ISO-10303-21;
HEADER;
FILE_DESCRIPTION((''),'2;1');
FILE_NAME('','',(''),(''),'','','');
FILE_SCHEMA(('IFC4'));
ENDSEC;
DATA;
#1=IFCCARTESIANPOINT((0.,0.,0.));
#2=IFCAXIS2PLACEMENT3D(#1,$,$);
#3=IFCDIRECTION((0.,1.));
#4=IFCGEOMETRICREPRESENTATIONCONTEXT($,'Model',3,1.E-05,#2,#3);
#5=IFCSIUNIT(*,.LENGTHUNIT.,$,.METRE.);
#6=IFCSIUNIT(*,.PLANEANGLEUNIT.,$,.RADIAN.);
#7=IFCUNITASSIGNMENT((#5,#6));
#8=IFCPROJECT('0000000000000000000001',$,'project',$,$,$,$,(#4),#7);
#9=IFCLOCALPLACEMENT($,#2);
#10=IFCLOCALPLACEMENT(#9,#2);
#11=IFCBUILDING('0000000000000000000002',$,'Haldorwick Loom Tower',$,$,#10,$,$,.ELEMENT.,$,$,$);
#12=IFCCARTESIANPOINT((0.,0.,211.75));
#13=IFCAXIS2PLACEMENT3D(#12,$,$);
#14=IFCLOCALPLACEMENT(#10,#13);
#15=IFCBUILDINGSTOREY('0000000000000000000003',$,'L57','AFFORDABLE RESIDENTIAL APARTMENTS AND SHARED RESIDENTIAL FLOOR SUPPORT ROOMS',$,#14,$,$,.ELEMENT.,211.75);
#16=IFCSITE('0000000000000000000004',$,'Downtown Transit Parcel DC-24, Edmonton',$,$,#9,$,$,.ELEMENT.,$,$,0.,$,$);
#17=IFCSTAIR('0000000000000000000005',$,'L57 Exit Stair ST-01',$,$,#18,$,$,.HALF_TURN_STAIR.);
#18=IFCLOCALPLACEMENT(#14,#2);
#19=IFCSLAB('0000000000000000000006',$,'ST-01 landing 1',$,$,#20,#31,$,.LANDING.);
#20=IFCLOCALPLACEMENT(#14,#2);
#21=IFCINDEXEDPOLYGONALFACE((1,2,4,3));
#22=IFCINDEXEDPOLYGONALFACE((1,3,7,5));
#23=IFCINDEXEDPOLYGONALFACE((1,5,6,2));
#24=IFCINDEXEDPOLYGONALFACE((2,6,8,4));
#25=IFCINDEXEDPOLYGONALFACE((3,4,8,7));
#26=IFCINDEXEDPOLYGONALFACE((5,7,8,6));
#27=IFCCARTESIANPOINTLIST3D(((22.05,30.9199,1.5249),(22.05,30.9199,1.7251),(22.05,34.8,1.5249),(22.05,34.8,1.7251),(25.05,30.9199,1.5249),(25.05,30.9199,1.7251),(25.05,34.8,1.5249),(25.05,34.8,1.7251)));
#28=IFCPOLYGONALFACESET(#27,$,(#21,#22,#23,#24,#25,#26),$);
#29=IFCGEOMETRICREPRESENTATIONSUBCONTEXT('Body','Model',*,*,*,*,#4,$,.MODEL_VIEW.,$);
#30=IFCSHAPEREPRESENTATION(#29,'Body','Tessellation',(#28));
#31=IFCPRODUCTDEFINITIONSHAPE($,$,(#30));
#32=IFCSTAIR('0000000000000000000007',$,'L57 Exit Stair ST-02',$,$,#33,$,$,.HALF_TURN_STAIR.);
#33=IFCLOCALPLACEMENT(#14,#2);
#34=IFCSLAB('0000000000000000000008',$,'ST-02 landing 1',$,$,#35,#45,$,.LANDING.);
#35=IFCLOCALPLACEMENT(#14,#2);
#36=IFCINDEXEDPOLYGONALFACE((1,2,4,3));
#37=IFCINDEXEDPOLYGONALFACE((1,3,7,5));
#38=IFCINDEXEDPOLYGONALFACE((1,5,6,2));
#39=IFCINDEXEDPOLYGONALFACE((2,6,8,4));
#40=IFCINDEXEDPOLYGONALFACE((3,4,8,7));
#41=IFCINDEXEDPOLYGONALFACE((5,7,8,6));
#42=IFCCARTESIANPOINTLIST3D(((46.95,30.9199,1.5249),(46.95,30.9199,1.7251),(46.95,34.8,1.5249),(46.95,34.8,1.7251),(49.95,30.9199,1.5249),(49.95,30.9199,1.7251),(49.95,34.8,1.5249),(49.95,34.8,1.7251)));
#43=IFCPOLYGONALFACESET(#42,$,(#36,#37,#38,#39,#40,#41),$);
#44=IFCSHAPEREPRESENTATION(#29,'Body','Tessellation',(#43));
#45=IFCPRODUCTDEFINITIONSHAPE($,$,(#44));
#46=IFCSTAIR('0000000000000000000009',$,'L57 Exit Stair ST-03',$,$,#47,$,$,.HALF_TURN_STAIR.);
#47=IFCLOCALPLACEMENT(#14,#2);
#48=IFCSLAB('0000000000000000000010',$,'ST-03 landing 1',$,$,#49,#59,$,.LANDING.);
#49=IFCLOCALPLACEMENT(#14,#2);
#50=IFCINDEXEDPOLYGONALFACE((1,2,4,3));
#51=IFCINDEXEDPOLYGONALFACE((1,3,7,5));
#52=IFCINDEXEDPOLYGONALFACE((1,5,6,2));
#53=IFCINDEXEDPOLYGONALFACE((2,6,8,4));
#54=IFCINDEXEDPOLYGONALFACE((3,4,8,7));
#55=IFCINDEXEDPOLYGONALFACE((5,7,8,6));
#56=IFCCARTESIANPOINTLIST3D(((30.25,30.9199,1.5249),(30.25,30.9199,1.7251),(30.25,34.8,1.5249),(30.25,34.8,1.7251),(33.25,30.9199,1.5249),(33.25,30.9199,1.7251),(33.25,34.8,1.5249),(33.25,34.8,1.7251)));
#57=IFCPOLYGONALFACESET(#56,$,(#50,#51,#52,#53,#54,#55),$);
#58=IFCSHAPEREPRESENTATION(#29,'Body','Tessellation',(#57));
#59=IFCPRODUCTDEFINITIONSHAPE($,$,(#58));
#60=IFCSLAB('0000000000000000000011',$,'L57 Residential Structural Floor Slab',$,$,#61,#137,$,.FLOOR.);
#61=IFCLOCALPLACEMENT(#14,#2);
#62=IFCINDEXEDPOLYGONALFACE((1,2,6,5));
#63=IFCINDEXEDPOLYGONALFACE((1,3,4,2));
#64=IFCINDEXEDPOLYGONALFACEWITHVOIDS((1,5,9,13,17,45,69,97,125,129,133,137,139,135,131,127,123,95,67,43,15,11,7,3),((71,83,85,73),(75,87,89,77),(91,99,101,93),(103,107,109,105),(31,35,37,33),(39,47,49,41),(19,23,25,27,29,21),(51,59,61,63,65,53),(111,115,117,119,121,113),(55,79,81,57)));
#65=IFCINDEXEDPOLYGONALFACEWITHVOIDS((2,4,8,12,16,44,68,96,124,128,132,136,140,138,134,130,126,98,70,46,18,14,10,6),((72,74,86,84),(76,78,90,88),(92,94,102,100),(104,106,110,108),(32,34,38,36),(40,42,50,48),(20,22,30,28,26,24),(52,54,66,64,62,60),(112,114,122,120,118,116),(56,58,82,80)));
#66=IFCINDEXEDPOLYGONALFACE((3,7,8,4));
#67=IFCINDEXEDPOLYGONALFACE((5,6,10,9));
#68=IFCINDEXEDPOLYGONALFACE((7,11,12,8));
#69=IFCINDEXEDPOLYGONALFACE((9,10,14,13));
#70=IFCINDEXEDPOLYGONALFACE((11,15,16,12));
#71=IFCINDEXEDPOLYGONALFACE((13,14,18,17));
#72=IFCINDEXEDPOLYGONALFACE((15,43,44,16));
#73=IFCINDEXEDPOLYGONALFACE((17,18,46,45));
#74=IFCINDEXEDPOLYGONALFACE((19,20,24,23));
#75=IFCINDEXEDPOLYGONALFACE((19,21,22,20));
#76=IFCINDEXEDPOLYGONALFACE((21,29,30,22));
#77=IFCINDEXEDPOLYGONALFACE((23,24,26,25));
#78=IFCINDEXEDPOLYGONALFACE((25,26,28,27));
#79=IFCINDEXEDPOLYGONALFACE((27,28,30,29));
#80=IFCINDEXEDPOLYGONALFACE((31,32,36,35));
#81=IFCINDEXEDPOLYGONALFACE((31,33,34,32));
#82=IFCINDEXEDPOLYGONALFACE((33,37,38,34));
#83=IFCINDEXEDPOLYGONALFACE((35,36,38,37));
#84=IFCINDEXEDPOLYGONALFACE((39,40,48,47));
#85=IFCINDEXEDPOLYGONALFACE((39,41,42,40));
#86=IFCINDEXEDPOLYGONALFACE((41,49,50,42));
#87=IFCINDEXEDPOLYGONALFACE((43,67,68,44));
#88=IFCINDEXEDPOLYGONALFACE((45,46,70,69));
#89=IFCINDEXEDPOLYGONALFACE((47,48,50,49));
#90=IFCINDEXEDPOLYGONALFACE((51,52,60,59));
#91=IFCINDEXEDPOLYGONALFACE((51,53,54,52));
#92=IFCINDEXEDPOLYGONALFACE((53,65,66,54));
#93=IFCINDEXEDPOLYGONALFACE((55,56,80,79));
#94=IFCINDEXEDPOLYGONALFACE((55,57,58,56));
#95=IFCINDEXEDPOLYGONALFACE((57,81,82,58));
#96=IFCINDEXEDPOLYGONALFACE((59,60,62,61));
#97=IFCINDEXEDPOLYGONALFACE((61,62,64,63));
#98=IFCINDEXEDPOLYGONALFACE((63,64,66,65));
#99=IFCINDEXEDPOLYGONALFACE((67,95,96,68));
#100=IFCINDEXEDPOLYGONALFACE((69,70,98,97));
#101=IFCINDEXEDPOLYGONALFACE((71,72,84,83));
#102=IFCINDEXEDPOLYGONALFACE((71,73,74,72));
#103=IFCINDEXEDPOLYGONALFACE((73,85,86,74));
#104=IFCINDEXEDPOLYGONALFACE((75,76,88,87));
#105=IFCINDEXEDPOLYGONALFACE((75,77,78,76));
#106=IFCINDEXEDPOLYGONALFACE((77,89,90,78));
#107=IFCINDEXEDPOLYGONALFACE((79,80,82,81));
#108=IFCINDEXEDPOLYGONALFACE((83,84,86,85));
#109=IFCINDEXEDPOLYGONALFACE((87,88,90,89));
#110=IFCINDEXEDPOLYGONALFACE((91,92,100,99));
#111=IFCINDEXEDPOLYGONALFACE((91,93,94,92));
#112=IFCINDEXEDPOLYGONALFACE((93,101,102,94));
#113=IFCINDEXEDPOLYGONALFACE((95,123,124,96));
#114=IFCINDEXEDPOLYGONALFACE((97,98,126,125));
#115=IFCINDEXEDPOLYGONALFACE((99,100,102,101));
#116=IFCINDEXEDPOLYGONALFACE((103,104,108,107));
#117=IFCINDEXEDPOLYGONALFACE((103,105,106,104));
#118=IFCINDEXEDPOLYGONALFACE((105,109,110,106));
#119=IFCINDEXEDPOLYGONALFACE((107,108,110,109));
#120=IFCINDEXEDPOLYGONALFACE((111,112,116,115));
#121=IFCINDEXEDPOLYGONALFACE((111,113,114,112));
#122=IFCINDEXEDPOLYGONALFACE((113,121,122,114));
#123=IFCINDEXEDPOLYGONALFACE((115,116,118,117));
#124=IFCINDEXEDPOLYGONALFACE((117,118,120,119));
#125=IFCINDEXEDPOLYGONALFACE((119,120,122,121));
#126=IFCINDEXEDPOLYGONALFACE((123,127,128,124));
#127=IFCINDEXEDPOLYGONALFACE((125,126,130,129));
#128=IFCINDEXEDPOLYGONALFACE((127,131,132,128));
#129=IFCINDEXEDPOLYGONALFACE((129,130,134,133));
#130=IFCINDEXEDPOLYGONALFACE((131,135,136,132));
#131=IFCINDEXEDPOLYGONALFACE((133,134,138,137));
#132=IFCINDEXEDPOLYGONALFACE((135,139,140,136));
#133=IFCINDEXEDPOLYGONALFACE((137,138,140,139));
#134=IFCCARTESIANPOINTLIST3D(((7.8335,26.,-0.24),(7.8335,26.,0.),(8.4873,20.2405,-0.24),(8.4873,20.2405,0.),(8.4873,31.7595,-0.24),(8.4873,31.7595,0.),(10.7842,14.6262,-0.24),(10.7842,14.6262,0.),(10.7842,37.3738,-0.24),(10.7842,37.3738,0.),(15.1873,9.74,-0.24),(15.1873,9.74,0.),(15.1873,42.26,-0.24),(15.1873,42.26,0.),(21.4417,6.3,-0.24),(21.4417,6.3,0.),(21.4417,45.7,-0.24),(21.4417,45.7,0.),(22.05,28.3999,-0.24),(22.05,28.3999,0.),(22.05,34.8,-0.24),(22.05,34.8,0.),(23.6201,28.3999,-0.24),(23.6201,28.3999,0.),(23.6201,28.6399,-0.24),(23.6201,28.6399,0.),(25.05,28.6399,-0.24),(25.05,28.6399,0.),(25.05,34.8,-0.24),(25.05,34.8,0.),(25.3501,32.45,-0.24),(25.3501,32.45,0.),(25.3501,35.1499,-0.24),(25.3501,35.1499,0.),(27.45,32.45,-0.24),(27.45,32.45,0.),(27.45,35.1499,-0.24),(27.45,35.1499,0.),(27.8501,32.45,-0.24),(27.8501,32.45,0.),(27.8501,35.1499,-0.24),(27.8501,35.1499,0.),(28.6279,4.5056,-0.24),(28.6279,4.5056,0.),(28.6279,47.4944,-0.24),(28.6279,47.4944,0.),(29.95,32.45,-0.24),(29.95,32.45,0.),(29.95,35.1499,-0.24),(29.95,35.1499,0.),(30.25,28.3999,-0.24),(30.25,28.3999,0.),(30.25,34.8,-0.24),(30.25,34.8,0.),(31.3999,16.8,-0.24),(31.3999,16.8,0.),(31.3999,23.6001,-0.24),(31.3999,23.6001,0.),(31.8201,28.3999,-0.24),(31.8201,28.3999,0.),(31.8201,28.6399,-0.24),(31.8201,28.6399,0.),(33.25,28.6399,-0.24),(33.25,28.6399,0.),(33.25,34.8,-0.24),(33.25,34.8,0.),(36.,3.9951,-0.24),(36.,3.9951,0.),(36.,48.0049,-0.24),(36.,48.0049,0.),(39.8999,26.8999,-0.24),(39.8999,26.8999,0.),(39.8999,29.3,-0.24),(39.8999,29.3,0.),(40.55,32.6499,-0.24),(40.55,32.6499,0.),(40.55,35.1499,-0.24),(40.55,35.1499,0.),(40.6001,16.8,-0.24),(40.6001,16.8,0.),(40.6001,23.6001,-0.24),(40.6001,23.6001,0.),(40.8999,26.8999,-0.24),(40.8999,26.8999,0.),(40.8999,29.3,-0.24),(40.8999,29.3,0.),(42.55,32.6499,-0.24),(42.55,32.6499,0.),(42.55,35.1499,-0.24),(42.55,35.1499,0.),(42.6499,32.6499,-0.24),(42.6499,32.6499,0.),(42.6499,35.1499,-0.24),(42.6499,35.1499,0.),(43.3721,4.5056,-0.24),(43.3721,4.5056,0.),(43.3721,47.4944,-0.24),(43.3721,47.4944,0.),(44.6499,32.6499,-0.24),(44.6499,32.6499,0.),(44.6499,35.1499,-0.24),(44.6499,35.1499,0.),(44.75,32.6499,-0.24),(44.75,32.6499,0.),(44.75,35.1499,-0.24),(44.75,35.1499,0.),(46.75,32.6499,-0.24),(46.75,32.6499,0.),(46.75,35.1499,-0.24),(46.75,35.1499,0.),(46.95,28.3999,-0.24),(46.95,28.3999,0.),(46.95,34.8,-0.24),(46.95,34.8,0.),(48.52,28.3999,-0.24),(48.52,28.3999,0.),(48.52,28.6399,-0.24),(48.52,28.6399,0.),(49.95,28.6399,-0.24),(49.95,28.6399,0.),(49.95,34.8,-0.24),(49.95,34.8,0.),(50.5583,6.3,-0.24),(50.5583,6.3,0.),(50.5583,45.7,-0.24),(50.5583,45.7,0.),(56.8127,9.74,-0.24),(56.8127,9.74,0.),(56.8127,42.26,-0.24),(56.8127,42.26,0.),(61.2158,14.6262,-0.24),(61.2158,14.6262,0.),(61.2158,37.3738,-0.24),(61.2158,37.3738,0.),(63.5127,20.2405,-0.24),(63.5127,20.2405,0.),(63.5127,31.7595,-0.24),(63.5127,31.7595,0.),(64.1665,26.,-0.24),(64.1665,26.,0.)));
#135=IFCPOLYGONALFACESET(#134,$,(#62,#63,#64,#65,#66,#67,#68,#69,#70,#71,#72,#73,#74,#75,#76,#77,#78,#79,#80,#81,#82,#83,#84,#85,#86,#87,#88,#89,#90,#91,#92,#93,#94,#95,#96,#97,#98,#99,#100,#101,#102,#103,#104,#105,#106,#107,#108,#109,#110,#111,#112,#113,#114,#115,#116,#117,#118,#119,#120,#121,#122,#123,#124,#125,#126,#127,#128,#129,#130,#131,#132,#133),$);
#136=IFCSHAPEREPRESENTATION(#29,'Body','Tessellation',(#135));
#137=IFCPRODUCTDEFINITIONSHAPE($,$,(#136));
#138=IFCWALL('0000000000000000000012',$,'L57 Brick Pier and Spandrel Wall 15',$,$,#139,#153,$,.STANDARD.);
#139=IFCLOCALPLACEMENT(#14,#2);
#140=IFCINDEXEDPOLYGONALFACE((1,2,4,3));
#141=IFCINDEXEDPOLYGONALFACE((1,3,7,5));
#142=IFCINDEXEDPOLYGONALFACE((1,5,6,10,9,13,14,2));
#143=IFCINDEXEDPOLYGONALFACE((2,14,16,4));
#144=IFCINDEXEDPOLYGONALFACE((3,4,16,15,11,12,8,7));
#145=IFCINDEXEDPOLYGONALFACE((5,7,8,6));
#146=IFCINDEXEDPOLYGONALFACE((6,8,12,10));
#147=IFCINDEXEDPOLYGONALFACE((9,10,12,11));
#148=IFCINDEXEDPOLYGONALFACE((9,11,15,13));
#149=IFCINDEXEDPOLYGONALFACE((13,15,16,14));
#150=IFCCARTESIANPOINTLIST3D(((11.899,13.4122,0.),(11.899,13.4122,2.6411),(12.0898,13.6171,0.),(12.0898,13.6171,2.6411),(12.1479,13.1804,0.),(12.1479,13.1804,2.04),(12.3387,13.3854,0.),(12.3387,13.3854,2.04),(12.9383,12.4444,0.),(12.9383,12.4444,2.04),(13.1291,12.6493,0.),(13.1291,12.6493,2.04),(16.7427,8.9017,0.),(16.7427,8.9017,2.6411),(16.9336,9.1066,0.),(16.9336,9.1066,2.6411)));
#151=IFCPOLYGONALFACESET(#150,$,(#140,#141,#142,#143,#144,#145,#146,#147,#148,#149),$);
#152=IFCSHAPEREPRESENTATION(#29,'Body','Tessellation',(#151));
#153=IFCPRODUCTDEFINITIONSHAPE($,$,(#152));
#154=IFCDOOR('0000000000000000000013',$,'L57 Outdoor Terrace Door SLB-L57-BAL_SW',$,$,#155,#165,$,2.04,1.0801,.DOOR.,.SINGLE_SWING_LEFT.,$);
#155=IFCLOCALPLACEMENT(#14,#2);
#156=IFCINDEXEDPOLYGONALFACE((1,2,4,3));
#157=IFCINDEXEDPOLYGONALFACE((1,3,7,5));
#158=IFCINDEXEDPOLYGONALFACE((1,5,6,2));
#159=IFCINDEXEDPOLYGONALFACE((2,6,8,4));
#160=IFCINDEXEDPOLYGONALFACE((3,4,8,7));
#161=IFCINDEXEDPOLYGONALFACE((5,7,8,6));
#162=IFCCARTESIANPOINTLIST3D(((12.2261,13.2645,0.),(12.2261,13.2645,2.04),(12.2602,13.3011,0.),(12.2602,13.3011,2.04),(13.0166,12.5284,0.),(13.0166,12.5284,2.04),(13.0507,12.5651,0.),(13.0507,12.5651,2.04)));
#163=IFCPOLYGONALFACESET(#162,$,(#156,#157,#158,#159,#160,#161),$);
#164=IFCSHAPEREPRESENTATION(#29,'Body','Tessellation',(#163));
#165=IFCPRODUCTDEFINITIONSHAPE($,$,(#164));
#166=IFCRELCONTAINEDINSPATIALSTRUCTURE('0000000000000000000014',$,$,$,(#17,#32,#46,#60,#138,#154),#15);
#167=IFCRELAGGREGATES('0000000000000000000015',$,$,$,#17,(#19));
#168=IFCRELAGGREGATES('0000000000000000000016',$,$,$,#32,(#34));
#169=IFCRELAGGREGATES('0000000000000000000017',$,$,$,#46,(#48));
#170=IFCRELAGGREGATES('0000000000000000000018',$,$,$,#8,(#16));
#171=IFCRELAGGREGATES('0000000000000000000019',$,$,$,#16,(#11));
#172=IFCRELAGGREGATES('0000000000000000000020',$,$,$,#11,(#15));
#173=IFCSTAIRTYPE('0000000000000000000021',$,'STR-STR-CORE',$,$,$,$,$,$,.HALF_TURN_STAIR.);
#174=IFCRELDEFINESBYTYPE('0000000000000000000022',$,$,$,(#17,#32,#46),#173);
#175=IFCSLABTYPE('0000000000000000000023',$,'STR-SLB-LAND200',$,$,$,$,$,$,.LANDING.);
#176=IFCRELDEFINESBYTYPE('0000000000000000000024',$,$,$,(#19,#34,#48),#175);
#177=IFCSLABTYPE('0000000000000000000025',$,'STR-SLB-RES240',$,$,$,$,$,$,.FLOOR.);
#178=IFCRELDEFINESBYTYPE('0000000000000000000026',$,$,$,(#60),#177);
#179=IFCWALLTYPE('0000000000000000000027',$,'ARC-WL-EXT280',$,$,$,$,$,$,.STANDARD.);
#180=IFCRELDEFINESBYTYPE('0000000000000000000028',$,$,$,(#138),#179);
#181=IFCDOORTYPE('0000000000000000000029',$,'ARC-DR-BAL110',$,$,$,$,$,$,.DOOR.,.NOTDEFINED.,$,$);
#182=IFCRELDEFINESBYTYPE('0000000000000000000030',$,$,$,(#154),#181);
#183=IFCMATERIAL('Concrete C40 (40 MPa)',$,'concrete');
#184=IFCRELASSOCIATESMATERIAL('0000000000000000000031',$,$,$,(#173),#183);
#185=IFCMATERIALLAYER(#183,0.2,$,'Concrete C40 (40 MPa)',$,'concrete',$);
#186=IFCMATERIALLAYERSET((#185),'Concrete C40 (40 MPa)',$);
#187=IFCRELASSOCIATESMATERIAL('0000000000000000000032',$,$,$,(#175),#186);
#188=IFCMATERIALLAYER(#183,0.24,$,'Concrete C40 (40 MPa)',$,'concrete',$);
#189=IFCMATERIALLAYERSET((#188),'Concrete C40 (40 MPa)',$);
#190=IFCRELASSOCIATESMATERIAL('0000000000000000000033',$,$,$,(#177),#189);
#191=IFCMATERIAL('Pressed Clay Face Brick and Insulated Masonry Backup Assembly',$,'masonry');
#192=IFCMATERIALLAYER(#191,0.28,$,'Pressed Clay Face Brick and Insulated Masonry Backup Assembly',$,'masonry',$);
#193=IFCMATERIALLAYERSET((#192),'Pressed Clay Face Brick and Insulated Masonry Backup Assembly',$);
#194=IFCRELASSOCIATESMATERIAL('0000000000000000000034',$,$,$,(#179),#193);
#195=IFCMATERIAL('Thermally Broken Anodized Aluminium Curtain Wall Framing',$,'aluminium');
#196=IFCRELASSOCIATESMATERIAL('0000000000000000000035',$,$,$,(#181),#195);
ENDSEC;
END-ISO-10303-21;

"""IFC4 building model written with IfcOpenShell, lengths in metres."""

from ifc_helpers import new_model, si_unit, direction, frame, frame_2d, origin, place, context, subcontext, project, spatial, polyline, rectangle, outline, extrude, material, layer, layer_set, type_object, element, fill, aggregate, save


model = new_model("IFC4")

# Units and contexts
model_context = context("Model", 3, precision=1e-05, world=origin(), true_north=direction((0.0, 1.0)))
body_context = subcontext(model_context, "Body", "Model", "MODEL_VIEW")
ifc_project = project(units=[si_unit("LENGTHUNIT", "METRE"), si_unit("PLANEANGLEUNIT", "RADIAN")], contexts=[model_context])

# Site, building, storey
site_placement = place(None, origin())
site = spatial("IfcSite", under=ifc_project, at=site_placement, Name="Downtown Transit Parcel DC-24, Edmonton", CompositionType="ELEMENT", RefElevation=0.0)
building_placement = place(site_placement, origin())
building = spatial("IfcBuilding", under=site, at=building_placement, Name="Haldorwick Loom Tower", CompositionType="ELEMENT")
storey_placement = place(building_placement, frame((0.0, 0.0, 211.75)))
storey = spatial("IfcBuildingStorey", under=building, at=storey_placement, Name="L57", Description="AFFORDABLE RESIDENTIAL APARTMENTS AND SHARED RESIDENTIAL FLOOR SUPPORT ROOMS", CompositionType="ELEMENT", Elevation=211.75)

# Shared definitions
ifc_material_1 = material(Name="Concrete C40 (40 MPa)", Category="concrete")

# Stairs, slabs
stair_type = type_object("IfcStairType", Name="STR-STR-CORE", PredefinedType="HALF_TURN_STAIR", material=ifc_material_1)
stair_1_placement = place(storey_placement, origin())
stair_1 = element("IfcStair", 1, at=stair_1_placement, inside=storey, type_object=stair_type, Name="L57 Exit Stair ST-01", PredefinedType="HALF_TURN_STAIR")
ifc_layer_1 = layer(ifc_material_1, 0.2, Name="Concrete C40 (40 MPa)", Category="concrete")
ifc_layer_set_1 = layer_set([ifc_layer_1], Name="Concrete C40 (40 MPa)")
slab_type_1 = type_object("IfcSlabType", Name="STR-SLB-LAND200", PredefinedType="LANDING", material=ifc_layer_set_1)
slab_1_placement = place(storey_placement, frame((0.0, 0.0, 1.5249)))
slab_1 = element("IfcSlab", 2, at=slab_1_placement, type_object=slab_type_1, Name="ST-01 landing 1", PredefinedType="LANDING", context=body_context, shape_type="SweptSolid", body=[
    extrude(outline(polyline([(25.05, 30.9199), (25.05, 34.8), (22.05, 34.8), (22.05, 30.9199), (25.05, 30.9199)])), origin(), (0.0, 0.0, 1.0), 0.2002),
])
aggregate(stair_1, [slab_1])
stair_2_placement = place(storey_placement, origin())
stair_2 = element("IfcStair", 3, at=stair_2_placement, inside=storey, type_object=stair_type, Name="L57 Exit Stair ST-02", PredefinedType="HALF_TURN_STAIR")
slab_2_placement = place(storey_placement, frame((0.0, 0.0, 1.5249)))
slab_2 = element("IfcSlab", 4, at=slab_2_placement, type_object=slab_type_1, Name="ST-02 landing 1", PredefinedType="LANDING", context=body_context, shape_type="SweptSolid", body=[
    extrude(outline(polyline([(49.95, 30.9199), (49.95, 34.8), (46.95, 34.8), (46.95, 30.9199), (49.95, 30.9199)])), origin(), (0.0, 0.0, 1.0), 0.2002),
])
aggregate(stair_2, [slab_2])
stair_3_placement = place(storey_placement, origin())
stair_3 = element("IfcStair", 5, at=stair_3_placement, inside=storey, type_object=stair_type, Name="L57 Exit Stair ST-03", PredefinedType="HALF_TURN_STAIR")
slab_3_placement = place(storey_placement, frame((0.0, 0.0, 1.5249)))
slab_3 = element("IfcSlab", 6, at=slab_3_placement, type_object=slab_type_1, Name="ST-03 landing 1", PredefinedType="LANDING", context=body_context, shape_type="SweptSolid", body=[
    extrude(outline(polyline([(33.25, 30.9199), (33.25, 34.8), (30.25, 34.8), (30.25, 30.9199), (33.25, 30.9199)])), origin(), (0.0, 0.0, 1.0), 0.2002),
])
aggregate(stair_3, [slab_3])

# Slab
ifc_layer_2 = layer(ifc_material_1, 0.24, Name="Concrete C40 (40 MPa)", Category="concrete")
ifc_layer_set_2 = layer_set([ifc_layer_2], Name="Concrete C40 (40 MPa)")
slab_type_2 = type_object("IfcSlabType", Name="STR-SLB-RES240", PredefinedType="FLOOR", material=ifc_layer_set_2)
slab_4_placement = place(storey_placement, frame((0.0, 0.0, -0.24)))
element("IfcSlab", 7, at=slab_4_placement, inside=storey, type_object=slab_type_2, Name="L57 Residential Structural Floor Slab", PredefinedType="FLOOR", context=body_context, shape_type="SweptSolid", body=[
    extrude(outline(polyline([(56.8127, 9.74), (61.2158, 14.6262), (63.5127, 20.2405), (64.1665, 26.0), (63.5127, 31.7595), (61.2158, 37.3738), (56.8127, 42.26), (50.5583, 45.7), (43.3721, 47.4944), (36.0, 48.0049), (28.6279, 47.4944), (21.4417, 45.7), (15.1873, 42.26), (10.7842, 37.3738), (8.4873, 31.7595), (7.8335, 26.0), (8.4873, 20.2405), (10.7842, 14.6262), (15.1873, 9.74), (21.4417, 6.3), (28.6279, 4.5056), (36.0, 3.9951), (43.3721, 4.5056), (50.5583, 6.3), (56.8127, 9.74)]), holes=[polyline([(31.3999, 16.8), (31.3999, 23.6001), (40.6001, 23.6001), (40.6001, 16.8), (31.3999, 16.8)]), polyline([(40.8999, 26.8999), (39.8999, 26.8999), (39.8999, 29.3), (40.8999, 29.3), (40.8999, 26.8999)]), polyline([(23.6201, 28.3999), (22.05, 28.3999), (22.05, 34.8), (25.05, 34.8), (25.05, 28.6399), (23.6201, 28.6399), (23.6201, 28.3999)]), polyline([(30.25, 28.3999), (30.25, 34.8), (33.25, 34.8), (33.25, 28.6399), (31.8201, 28.6399), (31.8201, 28.3999), (30.25, 28.3999)]), polyline([(46.95, 28.3999), (46.95, 34.8), (49.95, 34.8), (49.95, 28.6399), (48.52, 28.6399), (48.52, 28.3999), (46.95, 28.3999)]), polyline([(27.45, 32.45), (25.3501, 32.45), (25.3501, 35.1499), (27.45, 35.1499), (27.45, 32.45)]), polyline([(29.95, 32.45), (27.8501, 32.45), (27.8501, 35.1499), (29.95, 35.1499), (29.95, 32.45)]), polyline([(42.55, 32.6499), (40.55, 32.6499), (40.55, 35.1499), (42.55, 35.1499), (42.55, 32.6499)]), polyline([(42.6499, 32.6499), (42.6499, 35.1499), (44.6499, 35.1499), (44.6499, 32.6499), (42.6499, 32.6499)]), polyline([(44.75, 32.6499), (44.75, 35.1499), (46.75, 35.1499), (46.75, 32.6499), (44.75, 32.6499)])]), origin(), (0.0, 0.0, 1.0), 0.24),
])

# Wall, opening, door
ifc_material_2 = material(Name="Pressed Clay Face Brick and Insulated Masonry Backup Assembly", Category="masonry")
ifc_layer_3 = layer(ifc_material_2, 0.28, Name="Pressed Clay Face Brick and Insulated Masonry Backup Assembly", Category="masonry")
ifc_layer_set_3 = layer_set([ifc_layer_3], Name="Pressed Clay Face Brick and Insulated Masonry Backup Assembly")
wall_type = type_object("IfcWallType", Name="ARC-WL-EXT280", PredefinedType="STANDARD", material=ifc_layer_set_3)
wall_1_placement = place(storey_placement, frame((11.9944, 13.5146, 0.0), z_axis=(0.0, 0.0, 1.0), x_axis=(0.731834, -0.681483, 0.0)))
wall_1 = element("IfcWall", 8, at=wall_1_placement, inside=storey, type_object=wall_type, Name="L57 Brick Pier and Spandrel Wall 15", PredefinedType="STANDARD", context=body_context, shape_type="SweptSolid", body=[
    extrude(rectangle(XDim=6.6187, YDim=0.28, at=frame_2d((3.3093, 0.0))), origin(), (0.0, 0.0, 1.0), 2.6411),
])
opening_1_placement = place(wall_1_placement, frame((0.3401, 0.0, 0.0)))
opening_1 = element("IfcOpeningElement", 9, at=opening_1_placement, cuts=wall_1, PredefinedType="OPENING", context=body_context, shape_type="SweptSolid", body=[
    extrude(rectangle(XDim=1.0801, YDim=2.04, at=frame_2d((0.54, 1.02))), frame((0.0, 0.1499, 0.0), z_axis=(0.0, -1.0, 0.0), x_axis=(1.0, 0.0, 0.0)), (0.0, 0.0, 1.0), 0.3),
])
ifc_material_3 = material(Name="Thermally Broken Anodized Aluminium Curtain Wall Framing", Category="aluminium")
door_type = type_object("IfcDoorType", Name="ARC-DR-BAL110", OperationType="NOTDEFINED", PredefinedType="DOOR", material=ifc_material_3)
door_placement = place(opening_1_placement, origin())
door = element("IfcDoor", 10, at=door_placement, inside=storey, type_object=door_type, Name="L57 Outdoor Terrace Door SLB-L57-BAL_SW", OperationType="SINGLE_SWING_LEFT", OverallHeight=2.04, OverallWidth=1.0801, PredefinedType="DOOR", context=body_context, shape_type="SweptSolid", body=[
    extrude(rectangle(XDim=1.0801, YDim=2.04, at=frame_2d((0.54, 1.02))), frame((0.0, 0.0249, 0.0), z_axis=(0.0, -1.0, 0.0), x_axis=(1.0, 0.0, 0.0)), (0.0, 0.0, 1.0), 0.05),
])
fill(opening_1, door)

save(model, "model.ifc")
